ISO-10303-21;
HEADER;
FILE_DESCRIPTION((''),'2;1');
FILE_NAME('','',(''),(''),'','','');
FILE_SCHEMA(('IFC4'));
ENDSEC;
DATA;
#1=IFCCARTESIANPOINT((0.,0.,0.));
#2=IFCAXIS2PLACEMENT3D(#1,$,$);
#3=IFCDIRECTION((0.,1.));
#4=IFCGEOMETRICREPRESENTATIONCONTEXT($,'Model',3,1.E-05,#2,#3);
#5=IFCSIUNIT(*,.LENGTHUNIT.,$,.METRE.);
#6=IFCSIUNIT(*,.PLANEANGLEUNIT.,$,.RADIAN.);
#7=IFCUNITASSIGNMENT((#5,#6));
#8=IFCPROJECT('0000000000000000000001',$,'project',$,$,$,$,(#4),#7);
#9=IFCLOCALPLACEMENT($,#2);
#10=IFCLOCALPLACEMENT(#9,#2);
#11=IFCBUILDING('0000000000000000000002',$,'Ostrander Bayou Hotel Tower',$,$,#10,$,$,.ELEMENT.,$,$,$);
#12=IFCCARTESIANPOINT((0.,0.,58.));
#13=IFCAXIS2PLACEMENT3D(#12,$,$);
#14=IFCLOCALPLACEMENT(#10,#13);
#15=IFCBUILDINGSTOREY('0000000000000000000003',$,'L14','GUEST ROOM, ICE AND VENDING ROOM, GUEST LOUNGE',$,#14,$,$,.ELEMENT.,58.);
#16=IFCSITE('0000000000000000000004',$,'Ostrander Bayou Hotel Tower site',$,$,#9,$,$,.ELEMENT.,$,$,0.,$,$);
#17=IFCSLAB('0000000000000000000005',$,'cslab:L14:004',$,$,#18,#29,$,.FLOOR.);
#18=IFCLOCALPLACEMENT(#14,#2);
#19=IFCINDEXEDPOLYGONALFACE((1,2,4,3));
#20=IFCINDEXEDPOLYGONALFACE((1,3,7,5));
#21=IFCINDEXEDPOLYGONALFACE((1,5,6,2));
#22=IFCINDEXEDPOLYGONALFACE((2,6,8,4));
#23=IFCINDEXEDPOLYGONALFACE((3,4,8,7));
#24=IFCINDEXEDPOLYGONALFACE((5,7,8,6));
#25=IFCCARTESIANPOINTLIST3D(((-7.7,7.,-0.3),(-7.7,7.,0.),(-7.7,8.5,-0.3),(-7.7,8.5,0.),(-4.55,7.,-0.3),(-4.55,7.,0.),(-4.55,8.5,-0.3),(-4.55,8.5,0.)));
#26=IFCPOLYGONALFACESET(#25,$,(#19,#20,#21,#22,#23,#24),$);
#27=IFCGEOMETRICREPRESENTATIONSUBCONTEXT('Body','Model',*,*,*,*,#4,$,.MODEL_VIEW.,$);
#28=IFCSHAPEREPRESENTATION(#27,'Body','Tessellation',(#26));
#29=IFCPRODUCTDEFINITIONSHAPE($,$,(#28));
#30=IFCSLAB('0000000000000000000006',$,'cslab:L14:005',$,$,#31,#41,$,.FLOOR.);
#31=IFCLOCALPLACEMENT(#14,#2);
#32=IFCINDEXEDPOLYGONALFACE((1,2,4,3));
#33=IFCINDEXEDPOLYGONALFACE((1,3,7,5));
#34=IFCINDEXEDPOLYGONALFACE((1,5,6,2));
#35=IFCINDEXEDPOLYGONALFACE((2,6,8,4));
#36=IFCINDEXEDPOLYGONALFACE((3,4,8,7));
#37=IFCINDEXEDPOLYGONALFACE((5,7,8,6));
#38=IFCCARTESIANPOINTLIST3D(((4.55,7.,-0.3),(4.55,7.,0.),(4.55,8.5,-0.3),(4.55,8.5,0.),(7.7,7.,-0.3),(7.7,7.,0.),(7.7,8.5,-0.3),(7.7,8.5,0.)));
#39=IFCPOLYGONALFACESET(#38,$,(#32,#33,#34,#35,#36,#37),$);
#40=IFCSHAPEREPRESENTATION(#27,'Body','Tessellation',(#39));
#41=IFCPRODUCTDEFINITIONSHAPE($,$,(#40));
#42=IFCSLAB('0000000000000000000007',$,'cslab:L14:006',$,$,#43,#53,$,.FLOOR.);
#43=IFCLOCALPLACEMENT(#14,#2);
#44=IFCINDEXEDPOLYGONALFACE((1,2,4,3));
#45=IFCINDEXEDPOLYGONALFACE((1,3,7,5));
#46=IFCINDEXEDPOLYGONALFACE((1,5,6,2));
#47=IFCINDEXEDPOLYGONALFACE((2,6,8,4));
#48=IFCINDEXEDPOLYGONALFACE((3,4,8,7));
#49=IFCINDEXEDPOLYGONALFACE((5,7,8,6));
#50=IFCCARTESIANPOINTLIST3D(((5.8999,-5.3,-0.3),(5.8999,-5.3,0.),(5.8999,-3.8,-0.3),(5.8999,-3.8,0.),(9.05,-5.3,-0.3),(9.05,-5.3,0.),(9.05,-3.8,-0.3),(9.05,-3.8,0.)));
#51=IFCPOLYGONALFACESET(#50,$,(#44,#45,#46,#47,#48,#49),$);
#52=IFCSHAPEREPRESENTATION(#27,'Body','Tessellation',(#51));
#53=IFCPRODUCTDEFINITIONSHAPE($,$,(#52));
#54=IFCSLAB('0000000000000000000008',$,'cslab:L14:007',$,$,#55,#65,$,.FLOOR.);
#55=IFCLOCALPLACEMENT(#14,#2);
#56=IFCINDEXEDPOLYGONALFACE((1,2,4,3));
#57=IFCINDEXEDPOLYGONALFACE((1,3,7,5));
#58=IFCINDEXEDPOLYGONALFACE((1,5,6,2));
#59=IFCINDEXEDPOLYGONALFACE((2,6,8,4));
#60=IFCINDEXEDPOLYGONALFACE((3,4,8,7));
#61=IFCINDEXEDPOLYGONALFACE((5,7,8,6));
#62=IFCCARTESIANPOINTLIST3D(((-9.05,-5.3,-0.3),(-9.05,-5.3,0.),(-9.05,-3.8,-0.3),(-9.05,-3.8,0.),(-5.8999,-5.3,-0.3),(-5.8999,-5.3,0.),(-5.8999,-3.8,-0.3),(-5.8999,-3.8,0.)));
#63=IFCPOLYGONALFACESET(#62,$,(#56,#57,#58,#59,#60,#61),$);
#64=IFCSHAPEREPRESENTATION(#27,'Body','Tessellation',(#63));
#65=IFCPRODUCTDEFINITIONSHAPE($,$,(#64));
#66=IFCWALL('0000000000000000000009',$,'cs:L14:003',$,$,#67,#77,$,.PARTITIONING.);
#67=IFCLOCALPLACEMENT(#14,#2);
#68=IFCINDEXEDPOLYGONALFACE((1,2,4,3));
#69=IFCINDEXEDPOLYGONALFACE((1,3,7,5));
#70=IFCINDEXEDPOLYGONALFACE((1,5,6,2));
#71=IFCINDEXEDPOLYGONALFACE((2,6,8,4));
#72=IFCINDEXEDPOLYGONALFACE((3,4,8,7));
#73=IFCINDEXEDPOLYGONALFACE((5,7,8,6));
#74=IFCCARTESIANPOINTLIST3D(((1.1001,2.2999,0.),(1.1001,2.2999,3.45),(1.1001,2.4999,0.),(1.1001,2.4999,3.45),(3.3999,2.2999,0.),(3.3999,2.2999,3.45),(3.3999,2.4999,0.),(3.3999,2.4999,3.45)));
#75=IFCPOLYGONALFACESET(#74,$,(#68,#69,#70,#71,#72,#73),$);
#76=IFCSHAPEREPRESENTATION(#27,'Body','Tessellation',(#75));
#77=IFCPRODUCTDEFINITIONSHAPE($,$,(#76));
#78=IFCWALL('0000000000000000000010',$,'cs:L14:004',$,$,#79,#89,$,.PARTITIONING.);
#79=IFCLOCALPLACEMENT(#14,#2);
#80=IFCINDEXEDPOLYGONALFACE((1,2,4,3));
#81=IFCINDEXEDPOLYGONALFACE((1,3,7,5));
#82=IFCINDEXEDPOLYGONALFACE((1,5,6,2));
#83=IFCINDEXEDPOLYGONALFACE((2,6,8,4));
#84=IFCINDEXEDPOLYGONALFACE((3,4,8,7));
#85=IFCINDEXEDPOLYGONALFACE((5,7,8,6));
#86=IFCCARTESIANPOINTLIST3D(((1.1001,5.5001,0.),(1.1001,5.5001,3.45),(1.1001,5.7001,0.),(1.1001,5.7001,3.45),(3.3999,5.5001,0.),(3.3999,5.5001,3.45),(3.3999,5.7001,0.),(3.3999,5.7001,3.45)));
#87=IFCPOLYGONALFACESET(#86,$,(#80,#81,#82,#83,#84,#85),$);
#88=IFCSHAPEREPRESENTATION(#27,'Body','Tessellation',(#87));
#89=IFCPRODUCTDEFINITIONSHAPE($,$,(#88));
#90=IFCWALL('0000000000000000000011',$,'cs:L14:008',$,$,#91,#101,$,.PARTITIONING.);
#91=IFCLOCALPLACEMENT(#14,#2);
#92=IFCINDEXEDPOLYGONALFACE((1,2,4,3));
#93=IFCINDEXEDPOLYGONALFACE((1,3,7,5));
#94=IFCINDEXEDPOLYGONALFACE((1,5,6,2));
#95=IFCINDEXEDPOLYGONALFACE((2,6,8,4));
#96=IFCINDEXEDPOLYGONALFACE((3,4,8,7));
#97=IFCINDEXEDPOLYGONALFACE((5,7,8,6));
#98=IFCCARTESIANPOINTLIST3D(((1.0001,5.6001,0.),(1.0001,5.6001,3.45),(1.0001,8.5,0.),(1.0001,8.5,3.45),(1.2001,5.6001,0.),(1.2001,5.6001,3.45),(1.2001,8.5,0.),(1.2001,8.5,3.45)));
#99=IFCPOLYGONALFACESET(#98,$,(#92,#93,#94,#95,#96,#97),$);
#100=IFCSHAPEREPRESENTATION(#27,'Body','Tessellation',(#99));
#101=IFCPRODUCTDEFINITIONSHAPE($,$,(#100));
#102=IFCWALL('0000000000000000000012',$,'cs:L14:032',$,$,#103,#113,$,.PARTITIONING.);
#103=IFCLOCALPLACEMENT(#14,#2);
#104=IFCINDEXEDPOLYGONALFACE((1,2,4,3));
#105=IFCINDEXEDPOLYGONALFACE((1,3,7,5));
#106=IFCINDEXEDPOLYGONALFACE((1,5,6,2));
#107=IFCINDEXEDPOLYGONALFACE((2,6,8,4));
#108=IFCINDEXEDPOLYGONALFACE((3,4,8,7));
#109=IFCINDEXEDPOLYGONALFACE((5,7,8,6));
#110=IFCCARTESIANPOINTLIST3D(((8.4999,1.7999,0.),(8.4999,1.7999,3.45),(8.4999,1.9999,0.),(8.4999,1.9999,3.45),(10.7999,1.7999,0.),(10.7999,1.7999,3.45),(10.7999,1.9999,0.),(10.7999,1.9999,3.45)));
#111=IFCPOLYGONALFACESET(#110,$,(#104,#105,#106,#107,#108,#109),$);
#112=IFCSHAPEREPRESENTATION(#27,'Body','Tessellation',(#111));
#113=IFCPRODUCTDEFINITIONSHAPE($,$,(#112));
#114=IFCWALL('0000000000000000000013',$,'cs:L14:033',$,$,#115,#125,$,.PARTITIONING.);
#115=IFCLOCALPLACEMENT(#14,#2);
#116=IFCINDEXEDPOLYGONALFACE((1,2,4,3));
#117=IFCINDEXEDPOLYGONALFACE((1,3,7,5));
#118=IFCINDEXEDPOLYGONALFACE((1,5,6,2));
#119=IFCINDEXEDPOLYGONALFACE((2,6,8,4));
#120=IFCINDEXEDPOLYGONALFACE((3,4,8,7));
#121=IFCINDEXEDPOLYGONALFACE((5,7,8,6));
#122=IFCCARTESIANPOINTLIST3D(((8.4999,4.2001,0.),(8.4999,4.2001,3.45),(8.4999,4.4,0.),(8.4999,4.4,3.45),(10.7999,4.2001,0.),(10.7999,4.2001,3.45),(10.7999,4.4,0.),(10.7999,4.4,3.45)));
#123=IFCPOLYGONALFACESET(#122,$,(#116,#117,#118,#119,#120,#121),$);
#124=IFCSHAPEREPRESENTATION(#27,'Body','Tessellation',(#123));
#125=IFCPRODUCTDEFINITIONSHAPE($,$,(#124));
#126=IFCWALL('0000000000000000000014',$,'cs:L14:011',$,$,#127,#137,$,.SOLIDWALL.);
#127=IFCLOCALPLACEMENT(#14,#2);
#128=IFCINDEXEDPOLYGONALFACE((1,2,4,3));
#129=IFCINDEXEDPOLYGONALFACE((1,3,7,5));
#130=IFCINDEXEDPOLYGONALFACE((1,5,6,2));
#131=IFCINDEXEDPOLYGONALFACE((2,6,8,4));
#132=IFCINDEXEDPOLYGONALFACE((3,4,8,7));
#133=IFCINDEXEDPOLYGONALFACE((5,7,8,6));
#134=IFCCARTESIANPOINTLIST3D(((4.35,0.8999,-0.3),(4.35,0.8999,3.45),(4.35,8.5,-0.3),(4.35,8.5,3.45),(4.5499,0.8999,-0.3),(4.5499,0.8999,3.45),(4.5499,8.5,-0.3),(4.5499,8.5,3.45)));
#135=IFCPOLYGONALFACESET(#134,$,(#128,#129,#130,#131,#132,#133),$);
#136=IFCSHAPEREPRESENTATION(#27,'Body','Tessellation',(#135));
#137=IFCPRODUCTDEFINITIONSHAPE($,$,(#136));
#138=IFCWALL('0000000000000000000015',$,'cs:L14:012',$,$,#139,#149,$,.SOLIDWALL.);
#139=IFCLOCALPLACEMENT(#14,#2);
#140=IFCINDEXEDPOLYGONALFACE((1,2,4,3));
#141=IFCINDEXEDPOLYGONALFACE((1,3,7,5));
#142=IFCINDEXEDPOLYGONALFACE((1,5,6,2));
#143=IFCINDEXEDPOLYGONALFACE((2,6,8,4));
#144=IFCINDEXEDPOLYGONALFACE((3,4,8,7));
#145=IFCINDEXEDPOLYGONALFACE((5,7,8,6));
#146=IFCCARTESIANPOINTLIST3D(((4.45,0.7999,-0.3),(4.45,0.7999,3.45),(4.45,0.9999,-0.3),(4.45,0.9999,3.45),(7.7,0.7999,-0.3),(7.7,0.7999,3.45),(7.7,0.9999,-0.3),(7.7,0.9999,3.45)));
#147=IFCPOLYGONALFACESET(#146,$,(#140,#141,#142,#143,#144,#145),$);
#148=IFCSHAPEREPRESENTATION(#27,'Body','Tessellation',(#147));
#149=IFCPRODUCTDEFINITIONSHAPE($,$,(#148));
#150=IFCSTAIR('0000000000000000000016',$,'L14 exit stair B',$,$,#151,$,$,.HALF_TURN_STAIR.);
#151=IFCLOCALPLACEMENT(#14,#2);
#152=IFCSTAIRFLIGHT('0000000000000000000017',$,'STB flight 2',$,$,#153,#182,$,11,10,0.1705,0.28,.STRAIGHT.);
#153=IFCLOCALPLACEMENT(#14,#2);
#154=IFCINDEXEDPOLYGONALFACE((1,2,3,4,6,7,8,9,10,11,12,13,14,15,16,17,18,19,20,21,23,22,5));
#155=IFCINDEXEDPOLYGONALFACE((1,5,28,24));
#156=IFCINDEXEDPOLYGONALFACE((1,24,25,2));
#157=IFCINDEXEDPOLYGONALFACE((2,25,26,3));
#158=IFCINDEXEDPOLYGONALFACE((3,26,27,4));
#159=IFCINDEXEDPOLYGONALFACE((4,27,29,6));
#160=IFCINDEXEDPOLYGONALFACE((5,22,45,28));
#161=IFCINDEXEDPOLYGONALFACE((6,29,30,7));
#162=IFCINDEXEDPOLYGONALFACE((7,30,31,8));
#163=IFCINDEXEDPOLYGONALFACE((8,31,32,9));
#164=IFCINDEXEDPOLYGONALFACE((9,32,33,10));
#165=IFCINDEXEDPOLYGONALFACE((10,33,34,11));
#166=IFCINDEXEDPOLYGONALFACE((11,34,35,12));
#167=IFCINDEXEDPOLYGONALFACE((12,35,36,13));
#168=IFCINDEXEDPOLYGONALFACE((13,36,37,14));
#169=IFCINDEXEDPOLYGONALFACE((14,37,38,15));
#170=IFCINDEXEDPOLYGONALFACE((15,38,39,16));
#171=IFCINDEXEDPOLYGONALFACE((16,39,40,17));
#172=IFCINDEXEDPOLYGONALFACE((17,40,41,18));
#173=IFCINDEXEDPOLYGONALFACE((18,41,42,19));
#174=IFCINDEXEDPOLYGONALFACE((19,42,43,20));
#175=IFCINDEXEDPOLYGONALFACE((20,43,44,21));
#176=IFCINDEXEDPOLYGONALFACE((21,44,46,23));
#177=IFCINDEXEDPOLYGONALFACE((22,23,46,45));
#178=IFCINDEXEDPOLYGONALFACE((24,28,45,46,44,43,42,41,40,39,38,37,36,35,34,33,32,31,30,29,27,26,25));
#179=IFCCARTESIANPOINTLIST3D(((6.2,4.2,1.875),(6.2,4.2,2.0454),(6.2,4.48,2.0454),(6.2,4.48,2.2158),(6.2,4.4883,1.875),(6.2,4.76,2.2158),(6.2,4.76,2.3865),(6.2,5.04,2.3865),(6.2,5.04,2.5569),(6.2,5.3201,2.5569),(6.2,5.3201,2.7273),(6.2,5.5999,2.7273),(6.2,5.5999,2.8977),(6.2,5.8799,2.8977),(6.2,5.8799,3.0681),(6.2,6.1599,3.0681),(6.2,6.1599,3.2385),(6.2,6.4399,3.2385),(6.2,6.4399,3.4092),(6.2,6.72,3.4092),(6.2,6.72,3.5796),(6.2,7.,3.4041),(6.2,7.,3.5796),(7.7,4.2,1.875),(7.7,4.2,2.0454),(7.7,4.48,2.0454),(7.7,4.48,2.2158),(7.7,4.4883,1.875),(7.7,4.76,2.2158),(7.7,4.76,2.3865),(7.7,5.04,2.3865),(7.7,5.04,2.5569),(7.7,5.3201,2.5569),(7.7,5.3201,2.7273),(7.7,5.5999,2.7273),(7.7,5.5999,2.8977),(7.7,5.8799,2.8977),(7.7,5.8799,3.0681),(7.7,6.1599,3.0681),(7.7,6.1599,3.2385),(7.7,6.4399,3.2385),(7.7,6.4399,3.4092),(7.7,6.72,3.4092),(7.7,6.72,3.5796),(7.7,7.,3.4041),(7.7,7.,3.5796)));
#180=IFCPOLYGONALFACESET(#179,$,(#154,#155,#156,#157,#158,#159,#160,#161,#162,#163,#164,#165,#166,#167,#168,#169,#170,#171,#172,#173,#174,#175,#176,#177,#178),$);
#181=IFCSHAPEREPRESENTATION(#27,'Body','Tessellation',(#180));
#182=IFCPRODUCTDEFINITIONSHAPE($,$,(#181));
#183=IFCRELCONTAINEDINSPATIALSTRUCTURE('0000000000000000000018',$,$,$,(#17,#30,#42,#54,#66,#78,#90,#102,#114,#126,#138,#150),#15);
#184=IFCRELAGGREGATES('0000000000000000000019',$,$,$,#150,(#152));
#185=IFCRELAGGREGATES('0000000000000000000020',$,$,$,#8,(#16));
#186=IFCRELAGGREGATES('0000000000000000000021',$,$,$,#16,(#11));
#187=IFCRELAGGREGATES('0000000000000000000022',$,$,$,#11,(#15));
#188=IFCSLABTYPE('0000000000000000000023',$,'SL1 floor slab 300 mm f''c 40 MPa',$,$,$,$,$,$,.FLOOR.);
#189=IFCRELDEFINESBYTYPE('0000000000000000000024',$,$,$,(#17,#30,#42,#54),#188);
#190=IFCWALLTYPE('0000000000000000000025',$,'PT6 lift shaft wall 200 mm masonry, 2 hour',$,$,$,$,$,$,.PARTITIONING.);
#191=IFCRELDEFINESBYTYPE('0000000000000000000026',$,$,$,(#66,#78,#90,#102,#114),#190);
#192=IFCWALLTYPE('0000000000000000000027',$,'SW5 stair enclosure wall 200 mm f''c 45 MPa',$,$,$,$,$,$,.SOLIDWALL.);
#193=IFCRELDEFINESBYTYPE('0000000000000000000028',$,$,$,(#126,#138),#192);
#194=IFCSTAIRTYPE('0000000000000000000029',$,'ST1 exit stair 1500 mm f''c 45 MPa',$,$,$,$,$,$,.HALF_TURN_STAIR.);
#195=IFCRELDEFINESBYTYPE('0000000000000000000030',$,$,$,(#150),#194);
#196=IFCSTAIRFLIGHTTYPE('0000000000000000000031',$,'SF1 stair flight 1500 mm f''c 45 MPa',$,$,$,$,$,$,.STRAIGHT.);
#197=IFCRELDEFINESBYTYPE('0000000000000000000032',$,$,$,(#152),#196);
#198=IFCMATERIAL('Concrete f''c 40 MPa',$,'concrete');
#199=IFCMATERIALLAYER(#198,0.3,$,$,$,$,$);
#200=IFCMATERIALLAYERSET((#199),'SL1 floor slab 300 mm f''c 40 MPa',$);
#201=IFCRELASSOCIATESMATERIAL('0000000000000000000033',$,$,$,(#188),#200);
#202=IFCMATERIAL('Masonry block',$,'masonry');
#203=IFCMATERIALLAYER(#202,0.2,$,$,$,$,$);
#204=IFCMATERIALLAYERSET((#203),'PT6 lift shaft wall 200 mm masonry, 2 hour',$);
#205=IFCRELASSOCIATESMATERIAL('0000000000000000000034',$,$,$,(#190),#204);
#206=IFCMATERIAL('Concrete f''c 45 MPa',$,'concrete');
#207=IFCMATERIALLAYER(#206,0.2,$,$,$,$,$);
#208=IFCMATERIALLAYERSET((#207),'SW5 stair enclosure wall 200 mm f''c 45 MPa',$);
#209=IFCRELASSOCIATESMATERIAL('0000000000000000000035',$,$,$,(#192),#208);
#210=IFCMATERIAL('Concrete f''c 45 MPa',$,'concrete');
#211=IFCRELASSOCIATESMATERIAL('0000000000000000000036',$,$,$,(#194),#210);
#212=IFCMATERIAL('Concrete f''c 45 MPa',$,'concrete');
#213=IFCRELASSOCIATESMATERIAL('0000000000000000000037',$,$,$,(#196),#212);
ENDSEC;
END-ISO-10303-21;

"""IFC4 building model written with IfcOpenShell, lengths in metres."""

from ifc_helpers import new_model, si_unit, direction, frame, frame_2d, origin, place, context, subcontext, project, spatial, polyline, rectangle, outline, extrude, material, layer, layer_set, type_object, element, aggregate, save


model = new_model("IFC4")

# Units and contexts
model_context = context("Model", 3, precision=1e-05, world=origin(), true_north=direction((0.0, 1.0)))
body_context = subcontext(model_context, "Body", "Model", "MODEL_VIEW")
ifc_project = project(units=[si_unit("LENGTHUNIT", "METRE"), si_unit("PLANEANGLEUNIT", "RADIAN")], contexts=[model_context])

# Site, building, storey
site_placement = place(None, origin())
site = spatial("IfcSite", under=ifc_project, at=site_placement, Name="Ostrander Bayou Hotel Tower site", CompositionType="ELEMENT", RefElevation=0.0)
building_placement = place(site_placement, origin())
building = spatial("IfcBuilding", under=site, at=building_placement, Name="Ostrander Bayou Hotel Tower", CompositionType="ELEMENT")
storey_placement = place(building_placement, frame((0.0, 0.0, 58.0)))
storey = spatial("IfcBuildingStorey", under=building, at=storey_placement, Name="L14", Description="GUEST ROOM, ICE AND VENDING ROOM, GUEST LOUNGE", CompositionType="ELEMENT", Elevation=58.0)

# Slabs
ifc_material_1 = material(Name="Concrete f'c 40 MPa", Category="concrete")
ifc_layer_1 = layer(ifc_material_1, 0.3)
ifc_layer_set_1 = layer_set([ifc_layer_1], Name="SL1 floor slab 300 mm f'c 40 MPa")
slab_type = type_object("IfcSlabType", Name="SL1 floor slab 300 mm f'c 40 MPa", PredefinedType="FLOOR", material=ifc_layer_set_1)
slab_1_placement = place(storey_placement, frame((0.0, 0.0, -0.3)))
element("IfcSlab", 1, at=slab_1_placement, inside=storey, type_object=slab_type, Name="cslab:L14:004", PredefinedType="FLOOR", context=body_context, shape_type="SweptSolid", body=[
    extrude(outline(polyline([(-4.55, 7.0), (-4.55, 8.5), (-7.7, 8.5), (-7.7, 7.0), (-4.55, 7.0)])), origin(), (0.0, 0.0, 1.0), 0.3),
])
slab_2_placement = place(storey_placement, frame((0.0, 0.0, -0.3)))
element("IfcSlab", 2, at=slab_2_placement, inside=storey, type_object=slab_type, Name="cslab:L14:005", PredefinedType="FLOOR", context=body_context, shape_type="SweptSolid", body=[
    extrude(outline(polyline([(7.7, 7.0), (7.7, 8.5), (4.55, 8.5), (4.55, 7.0), (7.7, 7.0)])), origin(), (0.0, 0.0, 1.0), 0.3),
])
slab_3_placement = place(storey_placement, frame((0.0, 0.0, -0.3)))
element("IfcSlab", 3, at=slab_3_placement, inside=storey, type_object=slab_type, Name="cslab:L14:006", PredefinedType="FLOOR", context=body_context, shape_type="SweptSolid", body=[
    extrude(outline(polyline([(9.05, -5.3), (9.05, -3.8), (5.8999, -3.8), (5.8999, -5.3), (9.05, -5.3)])), origin(), (0.0, 0.0, 1.0), 0.3),
])
slab_4_placement = place(storey_placement, frame((0.0, 0.0, -0.3)))
element("IfcSlab", 4, at=slab_4_placement, inside=storey, type_object=slab_type, Name="cslab:L14:007", PredefinedType="FLOOR", context=body_context, shape_type="SweptSolid", body=[
    extrude(outline(polyline([(-5.8999, -5.3), (-5.8999, -3.8), (-9.05, -3.8), (-9.05, -5.3), (-5.8999, -5.3)])), origin(), (0.0, 0.0, 1.0), 0.3),
])

# Walls
ifc_material_2 = material(Name="Masonry block", Category="masonry")
ifc_layer_2 = layer(ifc_material_2, 0.2)
ifc_layer_set_2 = layer_set([ifc_layer_2], Name="PT6 lift shaft wall 200 mm masonry, 2 hour")
wall_type_1 = type_object("IfcWallType", Name="PT6 lift shaft wall 200 mm masonry, 2 hour", PredefinedType="PARTITIONING", material=ifc_layer_set_2)
for number, where, z_axis, x_axis, name in (
    (5, (1.1001, 2.3999, 0.0), (0.0, 0.0, 1.0), (1.0, 0.0, 0.0), "cs:L14:003"),
    (6, (1.1001, 5.6001, 0.0), (0.0, 0.0, 1.0), (1.0, 0.0, 0.0), "cs:L14:004"),
):
    element("IfcWall", number, at=place(storey_placement, frame(where, z_axis=z_axis, x_axis=x_axis)), inside=storey, type_object=wall_type_1, Name=name, PredefinedType="PARTITIONING", context=body_context, shape_type="SweptSolid", body=[
        extrude(rectangle(XDim=2.2998, YDim=0.2, at=frame_2d((1.1499, 0.0))), origin(), (0.0, 0.0, 1.0), 3.45),
    ])
wall_1_placement = place(storey_placement, frame((1.1001, 5.6001, 0.0), z_axis=(0.0, 0.0, 1.0), x_axis=(0.0, 1.0, 0.0)))
element("IfcWall", 7, at=wall_1_placement, inside=storey, type_object=wall_type_1, Name="cs:L14:008", PredefinedType="PARTITIONING", context=body_context, shape_type="SweptSolid", body=[
    extrude(rectangle(XDim=2.8999, YDim=0.2, at=frame_2d((1.45, 0.0))), origin(), (0.0, 0.0, 1.0), 3.45),
])
for number, where, z_axis, x_axis, name in (
    (8, (8.5, 1.8999, 0.0), (0.0, 0.0, 1.0), (1.0, 0.0, 0.0), "cs:L14:032"),
    (9, (8.5, 4.3, 0.0), (0.0, 0.0, 1.0), (1.0, 0.0, 0.0), "cs:L14:033"),
):
    element("IfcWall", number, at=place(storey_placement, frame(where, z_axis=z_axis, x_axis=x_axis)), inside=storey, type_object=wall_type_1, Name=name, PredefinedType="PARTITIONING", context=body_context, shape_type="SweptSolid", body=[
        extrude(rectangle(XDim=2.3, YDim=0.2, at=frame_2d((1.1499, 0.0))), origin(), (0.0, 0.0, 1.0), 3.45),
    ])
ifc_material_3 = material(Name="Concrete f'c 45 MPa", Category="concrete")
ifc_layer_3 = layer(ifc_material_3, 0.2)
ifc_layer_set_3 = layer_set([ifc_layer_3], Name="SW5 stair enclosure wall 200 mm f'c 45 MPa")
wall_type_2 = type_object("IfcWallType", Name="SW5 stair enclosure wall 200 mm f'c 45 MPa", PredefinedType="SOLIDWALL", material=ifc_layer_set_3)
wall_2_placement = place(storey_placement, frame((4.45, 0.8999, -0.3), z_axis=(0.0, 0.0, 1.0), x_axis=(0.0, 1.0, 0.0)))
element("IfcWall", 10, at=wall_2_placement, inside=storey, type_object=wall_type_2, Name="cs:L14:011", PredefinedType="SOLIDWALL", context=body_context, shape_type="SweptSolid", body=[
    extrude(rectangle(XDim=7.6001, YDim=0.2, at=frame_2d((3.8, 0.0))), origin(), (0.0, 0.0, 1.0), 3.75),
])
wall_3_placement = place(storey_placement, frame((4.45, 0.8999, -0.3), z_axis=(0.0, 0.0, 1.0), x_axis=(1.0, 0.0, 0.0)))
element("IfcWall", 11, at=wall_3_placement, inside=storey, type_object=wall_type_2, Name="cs:L14:012", PredefinedType="SOLIDWALL", context=body_context, shape_type="SweptSolid", body=[
    extrude(rectangle(XDim=3.25, YDim=0.2, at=frame_2d((1.625, 0.0))), origin(), (0.0, 0.0, 1.0), 3.75),
])

# Stair, stair flight
ifc_material_4 = material(Name="Concrete f'c 45 MPa", Category="concrete")
stair_type = type_object("IfcStairType", Name="ST1 exit stair 1500 mm f'c 45 MPa", PredefinedType="HALF_TURN_STAIR", material=ifc_material_4)
stair_placement = place(storey_placement, origin())
stair = element("IfcStair", 12, at=stair_placement, inside=storey, type_object=stair_type, Name="L14 exit stair B", PredefinedType="HALF_TURN_STAIR")
ifc_material_5 = material(Name="Concrete f'c 45 MPa", Category="concrete")
stair_flight_type = type_object("IfcStairFlightType", Name="SF1 stair flight 1500 mm f'c 45 MPa", PredefinedType="STRAIGHT", material=ifc_material_5)
stair_flight_placement = place(storey_placement, frame((6.95, 4.2, 1.875), z_axis=(0.0, 0.0, 1.0), x_axis=(0.0, 1.0, 0.0)))
stair_flight = element("IfcStairFlight", 13, at=stair_flight_placement, type_object=stair_flight_type, Name="STB flight 2", NumberOfRisers=11, NumberOfTreads=10, PredefinedType="STRAIGHT", RiserHeight=0.1705, TreadLength=0.28, context=body_context, shape_type="SweptSolid", body=[
    extrude(outline(polyline([(0.0, 0.0), (0.0, 0.1704), (0.28, 0.1704), (0.28, 0.3408), (0.5601, 0.3408), (0.5601, 0.5115), (0.8401, 0.5115), (0.8401, 0.6819), (1.1201, 0.6819), (1.1201, 0.8523), (1.3999, 0.8523), (1.3999, 1.0227), (1.6799, 1.0227), (1.6799, 1.1931), (1.96, 1.1931), (1.96, 1.3635), (2.24, 1.3635), (2.24, 1.5342), (2.52, 1.5342), (2.52, 1.7046), (2.8, 1.7046), (2.8, 1.875), (2.8, 1.5291), (0.2883, 0.0), (0.0, 0.0)])), frame((0.0, 0.75, 0.0), z_axis=(0.0, -1.0, 0.0), x_axis=(1.0, 0.0, 0.0)), (0.0, 0.0, 1.0), 1.5),
])
aggregate(stair, [stair_flight])

save(model, "model.ifc")
